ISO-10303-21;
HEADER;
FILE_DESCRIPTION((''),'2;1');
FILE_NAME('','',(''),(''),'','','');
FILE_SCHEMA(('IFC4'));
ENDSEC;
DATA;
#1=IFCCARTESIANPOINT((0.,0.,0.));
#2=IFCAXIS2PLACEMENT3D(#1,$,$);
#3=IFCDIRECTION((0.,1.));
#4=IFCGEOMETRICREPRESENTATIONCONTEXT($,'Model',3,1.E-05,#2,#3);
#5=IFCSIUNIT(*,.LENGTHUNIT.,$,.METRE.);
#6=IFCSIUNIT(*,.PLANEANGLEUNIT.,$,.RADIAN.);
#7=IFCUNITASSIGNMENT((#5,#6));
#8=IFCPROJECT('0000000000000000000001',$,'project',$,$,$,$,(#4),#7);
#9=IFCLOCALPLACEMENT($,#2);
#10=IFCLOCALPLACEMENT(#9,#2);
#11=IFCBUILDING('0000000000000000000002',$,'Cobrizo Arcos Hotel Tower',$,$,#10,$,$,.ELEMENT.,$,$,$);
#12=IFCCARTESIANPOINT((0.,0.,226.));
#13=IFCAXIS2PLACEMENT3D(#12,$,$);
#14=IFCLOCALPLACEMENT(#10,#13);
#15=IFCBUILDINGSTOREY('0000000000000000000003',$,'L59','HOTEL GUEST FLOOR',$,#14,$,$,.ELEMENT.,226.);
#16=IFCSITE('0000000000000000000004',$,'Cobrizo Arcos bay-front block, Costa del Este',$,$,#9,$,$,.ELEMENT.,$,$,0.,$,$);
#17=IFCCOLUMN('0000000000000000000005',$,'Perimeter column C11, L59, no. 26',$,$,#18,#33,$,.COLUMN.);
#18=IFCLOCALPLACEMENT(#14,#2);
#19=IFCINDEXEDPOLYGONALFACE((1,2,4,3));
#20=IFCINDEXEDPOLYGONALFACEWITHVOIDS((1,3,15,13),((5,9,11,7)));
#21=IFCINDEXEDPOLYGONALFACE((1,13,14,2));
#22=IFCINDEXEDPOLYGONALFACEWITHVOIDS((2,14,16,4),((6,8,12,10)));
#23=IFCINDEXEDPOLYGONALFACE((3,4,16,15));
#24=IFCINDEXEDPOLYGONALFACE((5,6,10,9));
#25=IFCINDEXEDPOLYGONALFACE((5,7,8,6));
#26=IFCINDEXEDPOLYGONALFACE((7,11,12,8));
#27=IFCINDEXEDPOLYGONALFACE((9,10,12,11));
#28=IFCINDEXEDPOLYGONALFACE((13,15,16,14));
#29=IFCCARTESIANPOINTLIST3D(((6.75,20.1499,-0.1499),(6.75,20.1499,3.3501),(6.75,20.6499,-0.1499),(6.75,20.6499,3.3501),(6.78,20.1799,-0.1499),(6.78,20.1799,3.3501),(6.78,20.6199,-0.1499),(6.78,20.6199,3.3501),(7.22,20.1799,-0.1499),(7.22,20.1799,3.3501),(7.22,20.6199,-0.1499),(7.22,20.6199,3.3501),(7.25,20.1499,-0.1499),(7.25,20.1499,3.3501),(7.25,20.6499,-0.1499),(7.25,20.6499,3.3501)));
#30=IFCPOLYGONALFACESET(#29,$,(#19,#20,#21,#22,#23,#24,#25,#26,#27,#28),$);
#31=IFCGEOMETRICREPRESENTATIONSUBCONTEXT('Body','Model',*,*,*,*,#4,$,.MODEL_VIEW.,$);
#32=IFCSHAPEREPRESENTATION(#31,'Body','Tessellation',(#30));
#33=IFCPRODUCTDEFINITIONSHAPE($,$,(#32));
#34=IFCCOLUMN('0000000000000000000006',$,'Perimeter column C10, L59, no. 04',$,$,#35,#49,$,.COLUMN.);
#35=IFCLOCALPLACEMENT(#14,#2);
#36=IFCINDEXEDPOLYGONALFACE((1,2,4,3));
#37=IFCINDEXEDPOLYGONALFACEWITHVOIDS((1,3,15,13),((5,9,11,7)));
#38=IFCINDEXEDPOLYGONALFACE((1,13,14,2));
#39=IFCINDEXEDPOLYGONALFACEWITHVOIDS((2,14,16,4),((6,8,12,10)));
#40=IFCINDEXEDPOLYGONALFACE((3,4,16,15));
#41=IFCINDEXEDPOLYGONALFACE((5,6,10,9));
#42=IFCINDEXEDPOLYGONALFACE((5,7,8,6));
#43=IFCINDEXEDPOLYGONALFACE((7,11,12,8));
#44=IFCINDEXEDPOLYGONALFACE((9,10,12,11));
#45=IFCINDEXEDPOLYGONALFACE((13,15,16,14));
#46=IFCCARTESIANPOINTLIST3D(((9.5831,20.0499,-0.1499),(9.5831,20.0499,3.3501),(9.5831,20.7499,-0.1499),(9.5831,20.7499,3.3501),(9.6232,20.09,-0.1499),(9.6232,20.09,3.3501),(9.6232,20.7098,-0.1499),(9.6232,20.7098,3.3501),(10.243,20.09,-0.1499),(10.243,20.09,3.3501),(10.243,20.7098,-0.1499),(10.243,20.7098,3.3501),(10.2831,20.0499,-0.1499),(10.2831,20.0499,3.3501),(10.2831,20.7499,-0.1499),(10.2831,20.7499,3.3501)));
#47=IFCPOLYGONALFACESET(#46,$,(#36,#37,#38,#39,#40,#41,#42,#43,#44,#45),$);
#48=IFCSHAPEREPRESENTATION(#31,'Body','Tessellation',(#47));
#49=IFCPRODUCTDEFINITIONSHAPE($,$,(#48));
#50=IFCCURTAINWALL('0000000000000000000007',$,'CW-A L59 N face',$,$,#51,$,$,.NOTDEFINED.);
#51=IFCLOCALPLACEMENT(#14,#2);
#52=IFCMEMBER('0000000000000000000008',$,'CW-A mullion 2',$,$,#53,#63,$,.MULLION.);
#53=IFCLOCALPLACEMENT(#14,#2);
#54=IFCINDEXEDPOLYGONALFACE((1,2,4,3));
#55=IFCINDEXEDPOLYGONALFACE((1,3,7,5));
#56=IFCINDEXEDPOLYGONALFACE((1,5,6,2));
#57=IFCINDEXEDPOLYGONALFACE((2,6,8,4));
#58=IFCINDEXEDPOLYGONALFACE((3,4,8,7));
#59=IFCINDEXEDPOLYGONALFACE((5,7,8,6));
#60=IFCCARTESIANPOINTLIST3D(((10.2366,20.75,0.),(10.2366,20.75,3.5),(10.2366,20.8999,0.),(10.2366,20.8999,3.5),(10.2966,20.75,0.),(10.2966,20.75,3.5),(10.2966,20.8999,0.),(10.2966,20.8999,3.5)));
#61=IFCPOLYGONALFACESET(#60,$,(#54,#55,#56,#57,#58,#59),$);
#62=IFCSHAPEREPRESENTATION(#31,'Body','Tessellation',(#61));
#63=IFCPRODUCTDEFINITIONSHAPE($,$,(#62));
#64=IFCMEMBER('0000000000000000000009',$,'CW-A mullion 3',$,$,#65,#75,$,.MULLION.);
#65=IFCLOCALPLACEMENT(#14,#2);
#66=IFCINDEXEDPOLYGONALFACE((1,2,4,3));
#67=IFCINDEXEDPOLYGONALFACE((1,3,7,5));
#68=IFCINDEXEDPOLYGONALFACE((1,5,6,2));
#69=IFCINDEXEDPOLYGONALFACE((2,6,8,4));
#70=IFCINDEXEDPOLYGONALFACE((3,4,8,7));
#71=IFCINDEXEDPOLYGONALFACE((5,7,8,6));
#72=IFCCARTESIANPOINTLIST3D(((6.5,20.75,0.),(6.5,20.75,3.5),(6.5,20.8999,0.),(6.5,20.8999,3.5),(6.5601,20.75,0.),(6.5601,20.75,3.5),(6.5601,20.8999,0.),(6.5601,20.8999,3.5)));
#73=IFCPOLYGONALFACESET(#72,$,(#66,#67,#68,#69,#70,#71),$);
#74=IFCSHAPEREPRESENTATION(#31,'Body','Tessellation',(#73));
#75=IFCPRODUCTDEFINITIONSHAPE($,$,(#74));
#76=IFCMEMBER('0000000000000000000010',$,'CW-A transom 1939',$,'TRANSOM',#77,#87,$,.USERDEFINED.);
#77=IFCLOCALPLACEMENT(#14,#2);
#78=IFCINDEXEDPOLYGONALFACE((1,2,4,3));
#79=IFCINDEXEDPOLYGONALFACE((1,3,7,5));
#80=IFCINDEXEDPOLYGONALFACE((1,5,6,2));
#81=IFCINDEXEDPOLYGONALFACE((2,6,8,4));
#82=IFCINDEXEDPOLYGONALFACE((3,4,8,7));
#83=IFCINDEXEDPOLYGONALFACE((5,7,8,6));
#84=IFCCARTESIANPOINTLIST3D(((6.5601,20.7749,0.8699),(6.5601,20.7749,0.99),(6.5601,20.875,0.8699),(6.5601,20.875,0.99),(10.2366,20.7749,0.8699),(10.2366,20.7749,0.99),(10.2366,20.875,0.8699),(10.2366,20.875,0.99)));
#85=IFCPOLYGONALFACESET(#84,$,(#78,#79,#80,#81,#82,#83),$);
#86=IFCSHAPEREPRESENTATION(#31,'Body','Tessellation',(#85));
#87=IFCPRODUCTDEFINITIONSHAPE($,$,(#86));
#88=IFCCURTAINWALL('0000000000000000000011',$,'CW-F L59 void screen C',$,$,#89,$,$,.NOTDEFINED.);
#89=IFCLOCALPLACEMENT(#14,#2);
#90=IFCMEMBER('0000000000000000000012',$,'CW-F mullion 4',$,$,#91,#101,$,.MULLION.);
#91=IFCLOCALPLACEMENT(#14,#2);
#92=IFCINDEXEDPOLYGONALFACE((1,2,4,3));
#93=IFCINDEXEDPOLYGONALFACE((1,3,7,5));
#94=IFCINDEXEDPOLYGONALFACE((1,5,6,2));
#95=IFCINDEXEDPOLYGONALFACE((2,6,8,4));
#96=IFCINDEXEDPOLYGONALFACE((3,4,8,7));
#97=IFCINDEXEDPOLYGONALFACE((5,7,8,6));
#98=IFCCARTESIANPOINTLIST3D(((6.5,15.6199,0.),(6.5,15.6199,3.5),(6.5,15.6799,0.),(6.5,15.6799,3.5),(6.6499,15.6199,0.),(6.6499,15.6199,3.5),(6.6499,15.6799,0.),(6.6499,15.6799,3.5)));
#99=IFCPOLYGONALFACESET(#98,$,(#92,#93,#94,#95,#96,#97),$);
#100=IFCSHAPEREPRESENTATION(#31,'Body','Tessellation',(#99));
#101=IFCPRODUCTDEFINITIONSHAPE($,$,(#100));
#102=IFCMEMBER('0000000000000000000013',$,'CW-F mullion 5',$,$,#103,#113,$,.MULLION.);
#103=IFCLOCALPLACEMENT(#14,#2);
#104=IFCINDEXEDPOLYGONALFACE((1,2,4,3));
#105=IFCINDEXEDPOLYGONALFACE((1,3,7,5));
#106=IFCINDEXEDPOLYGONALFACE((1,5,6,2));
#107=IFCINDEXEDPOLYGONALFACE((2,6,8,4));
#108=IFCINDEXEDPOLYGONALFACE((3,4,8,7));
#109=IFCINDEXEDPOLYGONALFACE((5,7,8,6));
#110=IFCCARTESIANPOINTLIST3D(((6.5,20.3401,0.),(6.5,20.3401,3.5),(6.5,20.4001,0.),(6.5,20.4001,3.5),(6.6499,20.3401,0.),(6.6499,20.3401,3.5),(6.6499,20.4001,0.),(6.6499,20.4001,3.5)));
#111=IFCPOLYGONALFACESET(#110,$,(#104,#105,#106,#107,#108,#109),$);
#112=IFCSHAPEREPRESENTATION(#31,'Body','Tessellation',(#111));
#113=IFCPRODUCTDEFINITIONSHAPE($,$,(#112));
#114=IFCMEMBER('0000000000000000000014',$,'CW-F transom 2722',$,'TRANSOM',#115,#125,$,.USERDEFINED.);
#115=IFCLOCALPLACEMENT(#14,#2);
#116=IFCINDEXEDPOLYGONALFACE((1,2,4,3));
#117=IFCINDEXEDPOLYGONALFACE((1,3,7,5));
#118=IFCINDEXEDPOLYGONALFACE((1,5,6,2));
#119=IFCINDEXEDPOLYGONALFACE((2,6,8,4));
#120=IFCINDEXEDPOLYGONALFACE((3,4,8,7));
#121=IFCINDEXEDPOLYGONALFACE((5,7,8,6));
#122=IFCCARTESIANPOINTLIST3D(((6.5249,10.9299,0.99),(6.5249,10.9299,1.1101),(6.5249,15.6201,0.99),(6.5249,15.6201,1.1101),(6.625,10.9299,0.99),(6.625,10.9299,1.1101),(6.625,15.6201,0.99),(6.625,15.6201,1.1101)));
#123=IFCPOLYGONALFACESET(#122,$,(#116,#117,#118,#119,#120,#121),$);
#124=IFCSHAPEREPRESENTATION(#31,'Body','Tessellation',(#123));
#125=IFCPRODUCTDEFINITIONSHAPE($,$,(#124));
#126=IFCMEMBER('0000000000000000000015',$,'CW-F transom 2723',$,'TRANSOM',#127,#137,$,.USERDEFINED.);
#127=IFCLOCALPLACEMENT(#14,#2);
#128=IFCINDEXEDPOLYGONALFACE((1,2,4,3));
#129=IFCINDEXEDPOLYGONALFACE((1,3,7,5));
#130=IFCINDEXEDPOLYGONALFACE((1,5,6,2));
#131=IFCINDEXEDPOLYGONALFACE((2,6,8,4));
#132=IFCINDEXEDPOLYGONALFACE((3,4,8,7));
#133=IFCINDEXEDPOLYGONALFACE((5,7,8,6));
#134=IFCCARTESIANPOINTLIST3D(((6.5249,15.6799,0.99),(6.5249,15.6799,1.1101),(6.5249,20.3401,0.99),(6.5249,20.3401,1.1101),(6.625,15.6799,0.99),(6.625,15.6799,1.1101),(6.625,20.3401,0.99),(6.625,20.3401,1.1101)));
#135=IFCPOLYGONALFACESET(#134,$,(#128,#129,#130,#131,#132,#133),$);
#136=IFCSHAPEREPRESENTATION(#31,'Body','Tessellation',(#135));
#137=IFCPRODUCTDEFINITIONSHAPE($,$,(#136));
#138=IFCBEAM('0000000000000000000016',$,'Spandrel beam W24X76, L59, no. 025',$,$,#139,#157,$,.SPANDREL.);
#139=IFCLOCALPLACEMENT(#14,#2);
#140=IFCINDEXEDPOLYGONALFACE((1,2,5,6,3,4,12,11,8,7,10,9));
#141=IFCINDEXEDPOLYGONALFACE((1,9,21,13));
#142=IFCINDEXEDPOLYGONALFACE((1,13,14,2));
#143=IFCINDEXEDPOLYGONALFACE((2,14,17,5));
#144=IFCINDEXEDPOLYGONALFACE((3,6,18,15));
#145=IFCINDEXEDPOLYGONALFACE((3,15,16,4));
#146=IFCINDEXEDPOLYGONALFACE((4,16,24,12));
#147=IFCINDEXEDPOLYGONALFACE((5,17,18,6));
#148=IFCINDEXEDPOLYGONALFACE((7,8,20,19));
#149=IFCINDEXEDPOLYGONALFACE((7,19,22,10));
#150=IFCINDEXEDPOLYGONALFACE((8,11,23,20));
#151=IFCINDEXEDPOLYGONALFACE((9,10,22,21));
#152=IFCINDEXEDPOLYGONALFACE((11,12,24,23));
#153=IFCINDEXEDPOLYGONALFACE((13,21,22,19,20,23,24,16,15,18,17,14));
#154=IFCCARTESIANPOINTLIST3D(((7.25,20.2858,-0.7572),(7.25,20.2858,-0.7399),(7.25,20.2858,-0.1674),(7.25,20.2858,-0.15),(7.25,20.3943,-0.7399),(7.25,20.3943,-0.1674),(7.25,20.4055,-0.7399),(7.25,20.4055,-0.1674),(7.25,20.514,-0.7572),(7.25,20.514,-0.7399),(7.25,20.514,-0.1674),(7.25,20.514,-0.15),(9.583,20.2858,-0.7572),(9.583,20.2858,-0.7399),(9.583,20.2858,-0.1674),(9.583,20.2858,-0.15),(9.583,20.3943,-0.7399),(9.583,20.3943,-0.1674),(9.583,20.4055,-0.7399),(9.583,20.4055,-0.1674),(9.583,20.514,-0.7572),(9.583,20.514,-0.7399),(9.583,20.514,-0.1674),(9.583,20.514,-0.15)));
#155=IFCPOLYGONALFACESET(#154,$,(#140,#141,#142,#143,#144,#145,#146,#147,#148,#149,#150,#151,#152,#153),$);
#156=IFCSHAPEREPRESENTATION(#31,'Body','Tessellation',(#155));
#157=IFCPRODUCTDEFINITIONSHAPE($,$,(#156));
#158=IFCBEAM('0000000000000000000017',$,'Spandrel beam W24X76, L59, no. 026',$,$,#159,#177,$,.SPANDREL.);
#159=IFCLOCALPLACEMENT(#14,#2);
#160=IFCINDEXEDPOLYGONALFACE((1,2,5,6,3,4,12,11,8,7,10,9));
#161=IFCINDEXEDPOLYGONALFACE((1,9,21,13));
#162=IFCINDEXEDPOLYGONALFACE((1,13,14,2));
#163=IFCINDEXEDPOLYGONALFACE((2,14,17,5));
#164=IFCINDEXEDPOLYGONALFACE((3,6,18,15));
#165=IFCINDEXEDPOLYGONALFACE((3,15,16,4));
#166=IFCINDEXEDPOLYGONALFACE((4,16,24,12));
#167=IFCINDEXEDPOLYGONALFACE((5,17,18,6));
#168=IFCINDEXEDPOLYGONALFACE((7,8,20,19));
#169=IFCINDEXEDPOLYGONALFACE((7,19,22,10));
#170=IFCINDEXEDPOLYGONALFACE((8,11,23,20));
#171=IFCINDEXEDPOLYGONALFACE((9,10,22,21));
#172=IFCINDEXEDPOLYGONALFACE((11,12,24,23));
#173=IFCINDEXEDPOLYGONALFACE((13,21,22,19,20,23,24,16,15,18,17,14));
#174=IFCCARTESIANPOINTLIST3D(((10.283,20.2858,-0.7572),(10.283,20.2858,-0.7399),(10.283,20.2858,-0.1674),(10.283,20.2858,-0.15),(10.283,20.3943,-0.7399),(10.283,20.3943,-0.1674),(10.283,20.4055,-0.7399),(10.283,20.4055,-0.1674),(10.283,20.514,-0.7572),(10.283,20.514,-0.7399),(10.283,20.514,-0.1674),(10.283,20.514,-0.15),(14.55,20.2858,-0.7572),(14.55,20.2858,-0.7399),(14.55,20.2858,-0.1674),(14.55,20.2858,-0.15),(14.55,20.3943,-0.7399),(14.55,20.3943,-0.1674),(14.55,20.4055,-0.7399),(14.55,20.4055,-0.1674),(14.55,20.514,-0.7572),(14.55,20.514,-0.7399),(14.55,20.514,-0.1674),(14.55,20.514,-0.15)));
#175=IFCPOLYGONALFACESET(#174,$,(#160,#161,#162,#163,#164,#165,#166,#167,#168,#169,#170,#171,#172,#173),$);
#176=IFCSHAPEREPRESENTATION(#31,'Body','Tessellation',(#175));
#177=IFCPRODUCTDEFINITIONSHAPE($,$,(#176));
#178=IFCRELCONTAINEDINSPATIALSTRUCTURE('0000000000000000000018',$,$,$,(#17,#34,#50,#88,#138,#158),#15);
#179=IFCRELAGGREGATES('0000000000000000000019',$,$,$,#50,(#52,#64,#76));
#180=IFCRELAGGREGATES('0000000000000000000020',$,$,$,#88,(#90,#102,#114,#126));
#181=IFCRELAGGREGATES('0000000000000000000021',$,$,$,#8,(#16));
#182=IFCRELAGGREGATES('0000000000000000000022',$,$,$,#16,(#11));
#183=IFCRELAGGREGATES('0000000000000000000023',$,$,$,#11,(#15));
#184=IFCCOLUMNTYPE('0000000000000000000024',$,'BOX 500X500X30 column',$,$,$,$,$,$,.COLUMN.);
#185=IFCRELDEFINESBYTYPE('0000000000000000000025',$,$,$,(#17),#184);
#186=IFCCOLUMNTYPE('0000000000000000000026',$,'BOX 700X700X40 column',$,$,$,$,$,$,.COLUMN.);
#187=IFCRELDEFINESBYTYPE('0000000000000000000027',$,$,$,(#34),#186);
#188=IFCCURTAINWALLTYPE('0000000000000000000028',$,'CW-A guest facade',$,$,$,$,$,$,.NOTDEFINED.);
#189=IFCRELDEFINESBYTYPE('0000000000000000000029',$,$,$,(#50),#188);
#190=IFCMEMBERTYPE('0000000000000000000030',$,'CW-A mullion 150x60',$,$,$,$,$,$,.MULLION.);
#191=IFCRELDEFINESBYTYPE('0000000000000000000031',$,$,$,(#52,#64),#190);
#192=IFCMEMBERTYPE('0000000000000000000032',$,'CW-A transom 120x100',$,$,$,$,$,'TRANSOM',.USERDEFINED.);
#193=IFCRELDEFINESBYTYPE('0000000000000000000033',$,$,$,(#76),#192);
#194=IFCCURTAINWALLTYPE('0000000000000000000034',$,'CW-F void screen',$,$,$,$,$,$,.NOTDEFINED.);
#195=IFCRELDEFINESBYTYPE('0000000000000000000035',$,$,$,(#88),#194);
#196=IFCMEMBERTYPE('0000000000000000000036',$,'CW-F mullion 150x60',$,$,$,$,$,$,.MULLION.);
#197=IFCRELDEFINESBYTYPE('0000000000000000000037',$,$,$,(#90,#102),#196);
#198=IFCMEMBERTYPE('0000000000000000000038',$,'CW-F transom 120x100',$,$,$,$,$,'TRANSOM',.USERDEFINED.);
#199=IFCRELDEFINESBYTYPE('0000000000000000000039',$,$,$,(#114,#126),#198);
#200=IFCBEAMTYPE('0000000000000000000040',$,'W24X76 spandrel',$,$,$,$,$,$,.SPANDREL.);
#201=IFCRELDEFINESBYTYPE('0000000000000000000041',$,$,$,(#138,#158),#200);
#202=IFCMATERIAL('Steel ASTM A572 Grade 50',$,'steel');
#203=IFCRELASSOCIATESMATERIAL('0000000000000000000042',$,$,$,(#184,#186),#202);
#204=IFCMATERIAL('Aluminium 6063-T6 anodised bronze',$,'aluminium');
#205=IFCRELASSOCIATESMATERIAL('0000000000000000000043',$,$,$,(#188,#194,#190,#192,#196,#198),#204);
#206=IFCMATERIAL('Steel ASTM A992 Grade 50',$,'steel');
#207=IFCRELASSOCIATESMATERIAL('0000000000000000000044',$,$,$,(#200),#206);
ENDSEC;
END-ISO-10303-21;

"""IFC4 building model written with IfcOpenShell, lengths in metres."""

from ifc_helpers import new_model, si_unit, direction, frame, origin, origin_2d, place, context, subcontext, project, spatial, rectangle, hollow_rectangle, i_section, extrude, material, material_profile, profile_set, type_object, element, aggregate, save


model = new_model("IFC4")

# Units and contexts
model_context = context("Model", 3, precision=1e-05, world=origin(), true_north=direction((0.0, 1.0)))
body_context = subcontext(model_context, "Body", "Model", "MODEL_VIEW")
ifc_project = project(units=[si_unit("LENGTHUNIT", "METRE"), si_unit("PLANEANGLEUNIT", "RADIAN")], contexts=[model_context])

# Site, building, storey
site_placement = place(None, origin())
site = spatial("IfcSite", under=ifc_project, at=site_placement, Name="Cobrizo Arcos bay-front block, Costa del Este", CompositionType="ELEMENT", RefElevation=0.0)
building_placement = place(site_placement, origin())
building = spatial("IfcBuilding", under=site, at=building_placement, Name="Cobrizo Arcos Hotel Tower", CompositionType="ELEMENT")
storey_placement = place(building_placement, frame((0.0, 0.0, 226.0)))
storey = spatial("IfcBuildingStorey", under=building, at=storey_placement, Name="L59", Description="HOTEL GUEST FLOOR", CompositionType="ELEMENT", Elevation=226.0)

# Columns
ifc_material_1 = material(Name="Steel ASTM A572 Grade 50", Category="steel")
ifc_material_profile_1 = material_profile(ifc_material_1, hollow_rectangle(XDim=0.5, YDim=0.5, WallThickness=0.03, at=origin_2d()), Name="BOX 500X500X30")
ifc_profile_set_1 = profile_set([ifc_material_profile_1], Name="Steel ASTM A572 Grade 50")
column_type_1 = type_object("IfcColumnType", Name="BOX 500X500X30 column", PredefinedType="COLUMN", material=ifc_profile_set_1)
column_1_placement = place(storey_placement, frame((7.0, 20.3999, -0.1499), z_axis=(0.0, 0.0, 1.0), x_axis=(1.0, 0.0, 0.0)))
element("IfcColumn", 1, at=column_1_placement, inside=storey, type_object=column_type_1, Name="Perimeter column C11, L59, no. 26", PredefinedType="COLUMN", context=body_context, shape_type="SweptSolid", body=[
    extrude(hollow_rectangle(XDim=0.5, YDim=0.5, WallThickness=0.03, at=origin_2d()), origin(), (0.0, 0.0, 1.0), 3.5),
])
ifc_material_profile_2 = material_profile(ifc_material_1, hollow_rectangle(XDim=0.7, YDim=0.7, WallThickness=0.04, at=origin_2d()), Name="BOX 700X700X40")
ifc_profile_set_2 = profile_set([ifc_material_profile_2], Name="Steel ASTM A572 Grade 50")
column_type_2 = type_object("IfcColumnType", Name="BOX 700X700X40 column", PredefinedType="COLUMN", material=ifc_profile_set_2)
column_2_placement = place(storey_placement, frame((9.9331, 20.3999, -0.1499), z_axis=(0.0, 0.0, 1.0), x_axis=(1.0, 0.0, 0.0)))
element("IfcColumn", 2, at=column_2_placement, inside=storey, type_object=column_type_2, Name="Perimeter column C10, L59, no. 04", PredefinedType="COLUMN", context=body_context, shape_type="SweptSolid", body=[
    extrude(hollow_rectangle(XDim=0.7, YDim=0.7, WallThickness=0.04, at=origin_2d()), origin(), (0.0, 0.0, 1.0), 3.5),
])

# Curtain walls, members
ifc_material_2 = material(Name="Aluminium 6063-T6 anodised bronze", Category="aluminium")
curtain_wall_type_1 = type_object("IfcCurtainWallType", Name="CW-A guest facade", PredefinedType="NOTDEFINED", material=ifc_material_2)
curtain_wall_1_placement = place(storey_placement, origin())
curtain_wall_1 = element("IfcCurtainWall", 3, at=curtain_wall_1_placement, inside=storey, type_object=curtain_wall_type_1, Name="CW-A L59 N face", PredefinedType="NOTDEFINED")
ifc_material_profile_3 = material_profile(ifc_material_2, rectangle(XDim=0.1499, YDim=0.0601, at=origin_2d()), Name="CW-A mullion 150x60")
ifc_profile_set_3 = profile_set([ifc_material_profile_3], Name="Aluminium 6063-T6 anodised bronze")
member_type_1 = type_object("IfcMemberType", Name="CW-A mullion 150x60", PredefinedType="MULLION", material=ifc_profile_set_3)
member_1_placement = place(storey_placement, frame((10.2666, 20.825, 0.0), z_axis=(0.0, 0.0, 1.0), x_axis=(0.0, 1.0, 0.0)))
member_1 = element("IfcMember", 4, at=member_1_placement, type_object=member_type_1, Name="CW-A mullion 2", PredefinedType="MULLION", context=body_context, shape_type="SweptSolid", body=[
    extrude(rectangle(XDim=0.1499, YDim=0.0601, at=origin_2d()), origin(), (0.0, 0.0, 1.0), 3.5),
])
member_2_placement = place(storey_placement, frame((6.53, 20.825, 0.0), z_axis=(0.0, 0.0, 1.0), x_axis=(0.0, 1.0, 0.0)))
member_2 = element("IfcMember", 5, at=member_2_placement, type_object=member_type_1, Name="CW-A mullion 3", PredefinedType="MULLION", context=body_context, shape_type="SweptSolid", body=[
    extrude(rectangle(XDim=0.1499, YDim=0.0601, at=origin_2d()), origin(), (0.0, 0.0, 1.0), 3.5),
])
ifc_material_profile_4 = material_profile(ifc_material_2, rectangle(XDim=0.1001, YDim=0.1201, at=origin_2d()), Name="CW-A transom 120x100")
ifc_profile_set_4 = profile_set([ifc_material_profile_4], Name="Aluminium 6063-T6 anodised bronze")
member_type_2 = type_object("IfcMemberType", Name="CW-A transom 120x100", ElementType="TRANSOM", PredefinedType="USERDEFINED", material=ifc_profile_set_4)
member_3_placement = place(storey_placement, frame((10.2366, 20.825, 0.9299), z_axis=(-1.0, 0.0, 0.0), x_axis=(0.0, -1.0, 0.0)))
member_3 = element("IfcMember", 6, at=member_3_placement, type_object=member_type_2, Name="CW-A transom 1939", ObjectType="TRANSOM", PredefinedType="USERDEFINED", context=body_context, shape_type="SweptSolid", body=[
    extrude(rectangle(XDim=0.1001, YDim=0.1201, at=origin_2d()), origin(), (0.0, 0.0, 1.0), 3.6765),
])
curtain_wall_type_2 = type_object("IfcCurtainWallType", Name="CW-F void screen", PredefinedType="NOTDEFINED", material=ifc_material_2)
curtain_wall_2_placement = place(storey_placement, origin())
curtain_wall_2 = element("IfcCurtainWall", 7, at=curtain_wall_2_placement, inside=storey, type_object=curtain_wall_type_2, Name="CW-F L59 void screen C", PredefinedType="NOTDEFINED")
ifc_material_profile_5 = material_profile(ifc_material_2, rectangle(XDim=0.1499, YDim=0.0601, at=origin_2d()), Name="CW-F mullion 150x60")
ifc_profile_set_5 = profile_set([ifc_material_profile_5], Name="Aluminium 6063-T6 anodised bronze")
member_type_3 = type_object("IfcMemberType", Name="CW-F mullion 150x60", PredefinedType="MULLION", material=ifc_profile_set_5)
member_4_placement = place(storey_placement, frame((6.575, 15.6499, 0.0), z_axis=(0.0, 0.0, 1.0), x_axis=(1.0, 0.0, 0.0)))
member_4 = element("IfcMember", 8, at=member_4_placement, type_object=member_type_3, Name="CW-F mullion 4", PredefinedType="MULLION", context=body_context, shape_type="SweptSolid", body=[
    extrude(rectangle(XDim=0.1499, YDim=0.0601, at=origin_2d()), origin(), (0.0, 0.0, 1.0), 3.5),
])
member_5_placement = place(storey_placement, frame((6.575, 20.3701, 0.0), z_axis=(0.0, 0.0, 1.0), x_axis=(1.0, 0.0, 0.0)))
member_5 = element("IfcMember", 9, at=member_5_placement, type_object=member_type_3, Name="CW-F mullion 5", PredefinedType="MULLION", context=body_context, shape_type="SweptSolid", body=[
    extrude(rectangle(XDim=0.1499, YDim=0.0601, at=origin_2d()), origin(), (0.0, 0.0, 1.0), 3.5),
])
ifc_material_profile_6 = material_profile(ifc_material_2, rectangle(XDim=0.1001, YDim=0.1201, at=origin_2d()), Name="CW-F transom 120x100")
ifc_profile_set_6 = profile_set([ifc_material_profile_6], Name="Aluminium 6063-T6 anodised bronze")
member_type_4 = type_object("IfcMemberType", Name="CW-F transom 120x100", ElementType="TRANSOM", PredefinedType="USERDEFINED", material=ifc_profile_set_6)
member_6_placement = place(storey_placement, frame((6.575, 10.9299, 1.05), z_axis=(0.0, 1.0, 0.0), x_axis=(-1.0, 0.0, 0.0)))
member_6 = element("IfcMember", 10, at=member_6_placement, type_object=member_type_4, Name="CW-F transom 2722", ObjectType="TRANSOM", PredefinedType="USERDEFINED", context=body_context, shape_type="SweptSolid", body=[
    extrude(rectangle(XDim=0.1001, YDim=0.1201, at=origin_2d()), origin(), (0.0, 0.0, 1.0), 4.6902),
])
member_7_placement = place(storey_placement, frame((6.575, 15.6799, 1.05), z_axis=(0.0, 1.0, 0.0), x_axis=(-1.0, 0.0, 0.0)))
member_7 = element("IfcMember", 11, at=member_7_placement, type_object=member_type_4, Name="CW-F transom 2723", ObjectType="TRANSOM", PredefinedType="USERDEFINED", context=body_context, shape_type="SweptSolid", body=[
    extrude(rectangle(XDim=0.1001, YDim=0.1201, at=origin_2d()), origin(), (0.0, 0.0, 1.0), 4.6602),
])

# Beams
ifc_material_3 = material(Name="Steel ASTM A992 Grade 50", Category="steel")
ifc_material_profile_7 = material_profile(ifc_material_3, i_section(OverallWidth=0.2283, OverallDepth=0.6072, WebThickness=0.0112, FlangeThickness=0.0173, at=origin_2d()), Name="W24X76")
ifc_profile_set_7 = profile_set([ifc_material_profile_7], Name="Steel ASTM A992 Grade 50")
beam_type = type_object("IfcBeamType", Name="W24X76 spandrel", PredefinedType="SPANDREL", material=ifc_profile_set_7)
beam_1_placement = place(storey_placement, frame((7.25, 20.3999, -0.4536), z_axis=(1.0, 0.0, 0.0), x_axis=(0.0, 1.0, 0.0)))
element("IfcBeam", 12, at=beam_1_placement, inside=storey, type_object=beam_type, Name="Spandrel beam W24X76, L59, no. 025", PredefinedType="SPANDREL", context=body_context, shape_type="SweptSolid", body=[
    extrude(i_section(OverallWidth=0.2283, OverallDepth=0.6072, WebThickness=0.0112, FlangeThickness=0.0173, at=origin_2d()), origin(), (0.0, 0.0, 1.0), 2.333),
])
beam_2_placement = place(storey_placement, frame((10.283, 20.3999, -0.4536), z_axis=(1.0, 0.0, 0.0), x_axis=(0.0, 1.0, 0.0)))
element("IfcBeam", 13, at=beam_2_placement, inside=storey, type_object=beam_type, Name="Spandrel beam W24X76, L59, no. 026", PredefinedType="SPANDREL", context=body_context, shape_type="SweptSolid", body=[
    extrude(i_section(OverallWidth=0.2283, OverallDepth=0.6072, WebThickness=0.0112, FlangeThickness=0.0173, at=origin_2d()), origin(), (0.0, 0.0, 1.0), 4.2671),
])

aggregate(curtain_wall_1, [member_1, member_2, member_3])
aggregate(curtain_wall_2, [member_4, member_5, member_6, member_7])

save(model, "model.ifc")
